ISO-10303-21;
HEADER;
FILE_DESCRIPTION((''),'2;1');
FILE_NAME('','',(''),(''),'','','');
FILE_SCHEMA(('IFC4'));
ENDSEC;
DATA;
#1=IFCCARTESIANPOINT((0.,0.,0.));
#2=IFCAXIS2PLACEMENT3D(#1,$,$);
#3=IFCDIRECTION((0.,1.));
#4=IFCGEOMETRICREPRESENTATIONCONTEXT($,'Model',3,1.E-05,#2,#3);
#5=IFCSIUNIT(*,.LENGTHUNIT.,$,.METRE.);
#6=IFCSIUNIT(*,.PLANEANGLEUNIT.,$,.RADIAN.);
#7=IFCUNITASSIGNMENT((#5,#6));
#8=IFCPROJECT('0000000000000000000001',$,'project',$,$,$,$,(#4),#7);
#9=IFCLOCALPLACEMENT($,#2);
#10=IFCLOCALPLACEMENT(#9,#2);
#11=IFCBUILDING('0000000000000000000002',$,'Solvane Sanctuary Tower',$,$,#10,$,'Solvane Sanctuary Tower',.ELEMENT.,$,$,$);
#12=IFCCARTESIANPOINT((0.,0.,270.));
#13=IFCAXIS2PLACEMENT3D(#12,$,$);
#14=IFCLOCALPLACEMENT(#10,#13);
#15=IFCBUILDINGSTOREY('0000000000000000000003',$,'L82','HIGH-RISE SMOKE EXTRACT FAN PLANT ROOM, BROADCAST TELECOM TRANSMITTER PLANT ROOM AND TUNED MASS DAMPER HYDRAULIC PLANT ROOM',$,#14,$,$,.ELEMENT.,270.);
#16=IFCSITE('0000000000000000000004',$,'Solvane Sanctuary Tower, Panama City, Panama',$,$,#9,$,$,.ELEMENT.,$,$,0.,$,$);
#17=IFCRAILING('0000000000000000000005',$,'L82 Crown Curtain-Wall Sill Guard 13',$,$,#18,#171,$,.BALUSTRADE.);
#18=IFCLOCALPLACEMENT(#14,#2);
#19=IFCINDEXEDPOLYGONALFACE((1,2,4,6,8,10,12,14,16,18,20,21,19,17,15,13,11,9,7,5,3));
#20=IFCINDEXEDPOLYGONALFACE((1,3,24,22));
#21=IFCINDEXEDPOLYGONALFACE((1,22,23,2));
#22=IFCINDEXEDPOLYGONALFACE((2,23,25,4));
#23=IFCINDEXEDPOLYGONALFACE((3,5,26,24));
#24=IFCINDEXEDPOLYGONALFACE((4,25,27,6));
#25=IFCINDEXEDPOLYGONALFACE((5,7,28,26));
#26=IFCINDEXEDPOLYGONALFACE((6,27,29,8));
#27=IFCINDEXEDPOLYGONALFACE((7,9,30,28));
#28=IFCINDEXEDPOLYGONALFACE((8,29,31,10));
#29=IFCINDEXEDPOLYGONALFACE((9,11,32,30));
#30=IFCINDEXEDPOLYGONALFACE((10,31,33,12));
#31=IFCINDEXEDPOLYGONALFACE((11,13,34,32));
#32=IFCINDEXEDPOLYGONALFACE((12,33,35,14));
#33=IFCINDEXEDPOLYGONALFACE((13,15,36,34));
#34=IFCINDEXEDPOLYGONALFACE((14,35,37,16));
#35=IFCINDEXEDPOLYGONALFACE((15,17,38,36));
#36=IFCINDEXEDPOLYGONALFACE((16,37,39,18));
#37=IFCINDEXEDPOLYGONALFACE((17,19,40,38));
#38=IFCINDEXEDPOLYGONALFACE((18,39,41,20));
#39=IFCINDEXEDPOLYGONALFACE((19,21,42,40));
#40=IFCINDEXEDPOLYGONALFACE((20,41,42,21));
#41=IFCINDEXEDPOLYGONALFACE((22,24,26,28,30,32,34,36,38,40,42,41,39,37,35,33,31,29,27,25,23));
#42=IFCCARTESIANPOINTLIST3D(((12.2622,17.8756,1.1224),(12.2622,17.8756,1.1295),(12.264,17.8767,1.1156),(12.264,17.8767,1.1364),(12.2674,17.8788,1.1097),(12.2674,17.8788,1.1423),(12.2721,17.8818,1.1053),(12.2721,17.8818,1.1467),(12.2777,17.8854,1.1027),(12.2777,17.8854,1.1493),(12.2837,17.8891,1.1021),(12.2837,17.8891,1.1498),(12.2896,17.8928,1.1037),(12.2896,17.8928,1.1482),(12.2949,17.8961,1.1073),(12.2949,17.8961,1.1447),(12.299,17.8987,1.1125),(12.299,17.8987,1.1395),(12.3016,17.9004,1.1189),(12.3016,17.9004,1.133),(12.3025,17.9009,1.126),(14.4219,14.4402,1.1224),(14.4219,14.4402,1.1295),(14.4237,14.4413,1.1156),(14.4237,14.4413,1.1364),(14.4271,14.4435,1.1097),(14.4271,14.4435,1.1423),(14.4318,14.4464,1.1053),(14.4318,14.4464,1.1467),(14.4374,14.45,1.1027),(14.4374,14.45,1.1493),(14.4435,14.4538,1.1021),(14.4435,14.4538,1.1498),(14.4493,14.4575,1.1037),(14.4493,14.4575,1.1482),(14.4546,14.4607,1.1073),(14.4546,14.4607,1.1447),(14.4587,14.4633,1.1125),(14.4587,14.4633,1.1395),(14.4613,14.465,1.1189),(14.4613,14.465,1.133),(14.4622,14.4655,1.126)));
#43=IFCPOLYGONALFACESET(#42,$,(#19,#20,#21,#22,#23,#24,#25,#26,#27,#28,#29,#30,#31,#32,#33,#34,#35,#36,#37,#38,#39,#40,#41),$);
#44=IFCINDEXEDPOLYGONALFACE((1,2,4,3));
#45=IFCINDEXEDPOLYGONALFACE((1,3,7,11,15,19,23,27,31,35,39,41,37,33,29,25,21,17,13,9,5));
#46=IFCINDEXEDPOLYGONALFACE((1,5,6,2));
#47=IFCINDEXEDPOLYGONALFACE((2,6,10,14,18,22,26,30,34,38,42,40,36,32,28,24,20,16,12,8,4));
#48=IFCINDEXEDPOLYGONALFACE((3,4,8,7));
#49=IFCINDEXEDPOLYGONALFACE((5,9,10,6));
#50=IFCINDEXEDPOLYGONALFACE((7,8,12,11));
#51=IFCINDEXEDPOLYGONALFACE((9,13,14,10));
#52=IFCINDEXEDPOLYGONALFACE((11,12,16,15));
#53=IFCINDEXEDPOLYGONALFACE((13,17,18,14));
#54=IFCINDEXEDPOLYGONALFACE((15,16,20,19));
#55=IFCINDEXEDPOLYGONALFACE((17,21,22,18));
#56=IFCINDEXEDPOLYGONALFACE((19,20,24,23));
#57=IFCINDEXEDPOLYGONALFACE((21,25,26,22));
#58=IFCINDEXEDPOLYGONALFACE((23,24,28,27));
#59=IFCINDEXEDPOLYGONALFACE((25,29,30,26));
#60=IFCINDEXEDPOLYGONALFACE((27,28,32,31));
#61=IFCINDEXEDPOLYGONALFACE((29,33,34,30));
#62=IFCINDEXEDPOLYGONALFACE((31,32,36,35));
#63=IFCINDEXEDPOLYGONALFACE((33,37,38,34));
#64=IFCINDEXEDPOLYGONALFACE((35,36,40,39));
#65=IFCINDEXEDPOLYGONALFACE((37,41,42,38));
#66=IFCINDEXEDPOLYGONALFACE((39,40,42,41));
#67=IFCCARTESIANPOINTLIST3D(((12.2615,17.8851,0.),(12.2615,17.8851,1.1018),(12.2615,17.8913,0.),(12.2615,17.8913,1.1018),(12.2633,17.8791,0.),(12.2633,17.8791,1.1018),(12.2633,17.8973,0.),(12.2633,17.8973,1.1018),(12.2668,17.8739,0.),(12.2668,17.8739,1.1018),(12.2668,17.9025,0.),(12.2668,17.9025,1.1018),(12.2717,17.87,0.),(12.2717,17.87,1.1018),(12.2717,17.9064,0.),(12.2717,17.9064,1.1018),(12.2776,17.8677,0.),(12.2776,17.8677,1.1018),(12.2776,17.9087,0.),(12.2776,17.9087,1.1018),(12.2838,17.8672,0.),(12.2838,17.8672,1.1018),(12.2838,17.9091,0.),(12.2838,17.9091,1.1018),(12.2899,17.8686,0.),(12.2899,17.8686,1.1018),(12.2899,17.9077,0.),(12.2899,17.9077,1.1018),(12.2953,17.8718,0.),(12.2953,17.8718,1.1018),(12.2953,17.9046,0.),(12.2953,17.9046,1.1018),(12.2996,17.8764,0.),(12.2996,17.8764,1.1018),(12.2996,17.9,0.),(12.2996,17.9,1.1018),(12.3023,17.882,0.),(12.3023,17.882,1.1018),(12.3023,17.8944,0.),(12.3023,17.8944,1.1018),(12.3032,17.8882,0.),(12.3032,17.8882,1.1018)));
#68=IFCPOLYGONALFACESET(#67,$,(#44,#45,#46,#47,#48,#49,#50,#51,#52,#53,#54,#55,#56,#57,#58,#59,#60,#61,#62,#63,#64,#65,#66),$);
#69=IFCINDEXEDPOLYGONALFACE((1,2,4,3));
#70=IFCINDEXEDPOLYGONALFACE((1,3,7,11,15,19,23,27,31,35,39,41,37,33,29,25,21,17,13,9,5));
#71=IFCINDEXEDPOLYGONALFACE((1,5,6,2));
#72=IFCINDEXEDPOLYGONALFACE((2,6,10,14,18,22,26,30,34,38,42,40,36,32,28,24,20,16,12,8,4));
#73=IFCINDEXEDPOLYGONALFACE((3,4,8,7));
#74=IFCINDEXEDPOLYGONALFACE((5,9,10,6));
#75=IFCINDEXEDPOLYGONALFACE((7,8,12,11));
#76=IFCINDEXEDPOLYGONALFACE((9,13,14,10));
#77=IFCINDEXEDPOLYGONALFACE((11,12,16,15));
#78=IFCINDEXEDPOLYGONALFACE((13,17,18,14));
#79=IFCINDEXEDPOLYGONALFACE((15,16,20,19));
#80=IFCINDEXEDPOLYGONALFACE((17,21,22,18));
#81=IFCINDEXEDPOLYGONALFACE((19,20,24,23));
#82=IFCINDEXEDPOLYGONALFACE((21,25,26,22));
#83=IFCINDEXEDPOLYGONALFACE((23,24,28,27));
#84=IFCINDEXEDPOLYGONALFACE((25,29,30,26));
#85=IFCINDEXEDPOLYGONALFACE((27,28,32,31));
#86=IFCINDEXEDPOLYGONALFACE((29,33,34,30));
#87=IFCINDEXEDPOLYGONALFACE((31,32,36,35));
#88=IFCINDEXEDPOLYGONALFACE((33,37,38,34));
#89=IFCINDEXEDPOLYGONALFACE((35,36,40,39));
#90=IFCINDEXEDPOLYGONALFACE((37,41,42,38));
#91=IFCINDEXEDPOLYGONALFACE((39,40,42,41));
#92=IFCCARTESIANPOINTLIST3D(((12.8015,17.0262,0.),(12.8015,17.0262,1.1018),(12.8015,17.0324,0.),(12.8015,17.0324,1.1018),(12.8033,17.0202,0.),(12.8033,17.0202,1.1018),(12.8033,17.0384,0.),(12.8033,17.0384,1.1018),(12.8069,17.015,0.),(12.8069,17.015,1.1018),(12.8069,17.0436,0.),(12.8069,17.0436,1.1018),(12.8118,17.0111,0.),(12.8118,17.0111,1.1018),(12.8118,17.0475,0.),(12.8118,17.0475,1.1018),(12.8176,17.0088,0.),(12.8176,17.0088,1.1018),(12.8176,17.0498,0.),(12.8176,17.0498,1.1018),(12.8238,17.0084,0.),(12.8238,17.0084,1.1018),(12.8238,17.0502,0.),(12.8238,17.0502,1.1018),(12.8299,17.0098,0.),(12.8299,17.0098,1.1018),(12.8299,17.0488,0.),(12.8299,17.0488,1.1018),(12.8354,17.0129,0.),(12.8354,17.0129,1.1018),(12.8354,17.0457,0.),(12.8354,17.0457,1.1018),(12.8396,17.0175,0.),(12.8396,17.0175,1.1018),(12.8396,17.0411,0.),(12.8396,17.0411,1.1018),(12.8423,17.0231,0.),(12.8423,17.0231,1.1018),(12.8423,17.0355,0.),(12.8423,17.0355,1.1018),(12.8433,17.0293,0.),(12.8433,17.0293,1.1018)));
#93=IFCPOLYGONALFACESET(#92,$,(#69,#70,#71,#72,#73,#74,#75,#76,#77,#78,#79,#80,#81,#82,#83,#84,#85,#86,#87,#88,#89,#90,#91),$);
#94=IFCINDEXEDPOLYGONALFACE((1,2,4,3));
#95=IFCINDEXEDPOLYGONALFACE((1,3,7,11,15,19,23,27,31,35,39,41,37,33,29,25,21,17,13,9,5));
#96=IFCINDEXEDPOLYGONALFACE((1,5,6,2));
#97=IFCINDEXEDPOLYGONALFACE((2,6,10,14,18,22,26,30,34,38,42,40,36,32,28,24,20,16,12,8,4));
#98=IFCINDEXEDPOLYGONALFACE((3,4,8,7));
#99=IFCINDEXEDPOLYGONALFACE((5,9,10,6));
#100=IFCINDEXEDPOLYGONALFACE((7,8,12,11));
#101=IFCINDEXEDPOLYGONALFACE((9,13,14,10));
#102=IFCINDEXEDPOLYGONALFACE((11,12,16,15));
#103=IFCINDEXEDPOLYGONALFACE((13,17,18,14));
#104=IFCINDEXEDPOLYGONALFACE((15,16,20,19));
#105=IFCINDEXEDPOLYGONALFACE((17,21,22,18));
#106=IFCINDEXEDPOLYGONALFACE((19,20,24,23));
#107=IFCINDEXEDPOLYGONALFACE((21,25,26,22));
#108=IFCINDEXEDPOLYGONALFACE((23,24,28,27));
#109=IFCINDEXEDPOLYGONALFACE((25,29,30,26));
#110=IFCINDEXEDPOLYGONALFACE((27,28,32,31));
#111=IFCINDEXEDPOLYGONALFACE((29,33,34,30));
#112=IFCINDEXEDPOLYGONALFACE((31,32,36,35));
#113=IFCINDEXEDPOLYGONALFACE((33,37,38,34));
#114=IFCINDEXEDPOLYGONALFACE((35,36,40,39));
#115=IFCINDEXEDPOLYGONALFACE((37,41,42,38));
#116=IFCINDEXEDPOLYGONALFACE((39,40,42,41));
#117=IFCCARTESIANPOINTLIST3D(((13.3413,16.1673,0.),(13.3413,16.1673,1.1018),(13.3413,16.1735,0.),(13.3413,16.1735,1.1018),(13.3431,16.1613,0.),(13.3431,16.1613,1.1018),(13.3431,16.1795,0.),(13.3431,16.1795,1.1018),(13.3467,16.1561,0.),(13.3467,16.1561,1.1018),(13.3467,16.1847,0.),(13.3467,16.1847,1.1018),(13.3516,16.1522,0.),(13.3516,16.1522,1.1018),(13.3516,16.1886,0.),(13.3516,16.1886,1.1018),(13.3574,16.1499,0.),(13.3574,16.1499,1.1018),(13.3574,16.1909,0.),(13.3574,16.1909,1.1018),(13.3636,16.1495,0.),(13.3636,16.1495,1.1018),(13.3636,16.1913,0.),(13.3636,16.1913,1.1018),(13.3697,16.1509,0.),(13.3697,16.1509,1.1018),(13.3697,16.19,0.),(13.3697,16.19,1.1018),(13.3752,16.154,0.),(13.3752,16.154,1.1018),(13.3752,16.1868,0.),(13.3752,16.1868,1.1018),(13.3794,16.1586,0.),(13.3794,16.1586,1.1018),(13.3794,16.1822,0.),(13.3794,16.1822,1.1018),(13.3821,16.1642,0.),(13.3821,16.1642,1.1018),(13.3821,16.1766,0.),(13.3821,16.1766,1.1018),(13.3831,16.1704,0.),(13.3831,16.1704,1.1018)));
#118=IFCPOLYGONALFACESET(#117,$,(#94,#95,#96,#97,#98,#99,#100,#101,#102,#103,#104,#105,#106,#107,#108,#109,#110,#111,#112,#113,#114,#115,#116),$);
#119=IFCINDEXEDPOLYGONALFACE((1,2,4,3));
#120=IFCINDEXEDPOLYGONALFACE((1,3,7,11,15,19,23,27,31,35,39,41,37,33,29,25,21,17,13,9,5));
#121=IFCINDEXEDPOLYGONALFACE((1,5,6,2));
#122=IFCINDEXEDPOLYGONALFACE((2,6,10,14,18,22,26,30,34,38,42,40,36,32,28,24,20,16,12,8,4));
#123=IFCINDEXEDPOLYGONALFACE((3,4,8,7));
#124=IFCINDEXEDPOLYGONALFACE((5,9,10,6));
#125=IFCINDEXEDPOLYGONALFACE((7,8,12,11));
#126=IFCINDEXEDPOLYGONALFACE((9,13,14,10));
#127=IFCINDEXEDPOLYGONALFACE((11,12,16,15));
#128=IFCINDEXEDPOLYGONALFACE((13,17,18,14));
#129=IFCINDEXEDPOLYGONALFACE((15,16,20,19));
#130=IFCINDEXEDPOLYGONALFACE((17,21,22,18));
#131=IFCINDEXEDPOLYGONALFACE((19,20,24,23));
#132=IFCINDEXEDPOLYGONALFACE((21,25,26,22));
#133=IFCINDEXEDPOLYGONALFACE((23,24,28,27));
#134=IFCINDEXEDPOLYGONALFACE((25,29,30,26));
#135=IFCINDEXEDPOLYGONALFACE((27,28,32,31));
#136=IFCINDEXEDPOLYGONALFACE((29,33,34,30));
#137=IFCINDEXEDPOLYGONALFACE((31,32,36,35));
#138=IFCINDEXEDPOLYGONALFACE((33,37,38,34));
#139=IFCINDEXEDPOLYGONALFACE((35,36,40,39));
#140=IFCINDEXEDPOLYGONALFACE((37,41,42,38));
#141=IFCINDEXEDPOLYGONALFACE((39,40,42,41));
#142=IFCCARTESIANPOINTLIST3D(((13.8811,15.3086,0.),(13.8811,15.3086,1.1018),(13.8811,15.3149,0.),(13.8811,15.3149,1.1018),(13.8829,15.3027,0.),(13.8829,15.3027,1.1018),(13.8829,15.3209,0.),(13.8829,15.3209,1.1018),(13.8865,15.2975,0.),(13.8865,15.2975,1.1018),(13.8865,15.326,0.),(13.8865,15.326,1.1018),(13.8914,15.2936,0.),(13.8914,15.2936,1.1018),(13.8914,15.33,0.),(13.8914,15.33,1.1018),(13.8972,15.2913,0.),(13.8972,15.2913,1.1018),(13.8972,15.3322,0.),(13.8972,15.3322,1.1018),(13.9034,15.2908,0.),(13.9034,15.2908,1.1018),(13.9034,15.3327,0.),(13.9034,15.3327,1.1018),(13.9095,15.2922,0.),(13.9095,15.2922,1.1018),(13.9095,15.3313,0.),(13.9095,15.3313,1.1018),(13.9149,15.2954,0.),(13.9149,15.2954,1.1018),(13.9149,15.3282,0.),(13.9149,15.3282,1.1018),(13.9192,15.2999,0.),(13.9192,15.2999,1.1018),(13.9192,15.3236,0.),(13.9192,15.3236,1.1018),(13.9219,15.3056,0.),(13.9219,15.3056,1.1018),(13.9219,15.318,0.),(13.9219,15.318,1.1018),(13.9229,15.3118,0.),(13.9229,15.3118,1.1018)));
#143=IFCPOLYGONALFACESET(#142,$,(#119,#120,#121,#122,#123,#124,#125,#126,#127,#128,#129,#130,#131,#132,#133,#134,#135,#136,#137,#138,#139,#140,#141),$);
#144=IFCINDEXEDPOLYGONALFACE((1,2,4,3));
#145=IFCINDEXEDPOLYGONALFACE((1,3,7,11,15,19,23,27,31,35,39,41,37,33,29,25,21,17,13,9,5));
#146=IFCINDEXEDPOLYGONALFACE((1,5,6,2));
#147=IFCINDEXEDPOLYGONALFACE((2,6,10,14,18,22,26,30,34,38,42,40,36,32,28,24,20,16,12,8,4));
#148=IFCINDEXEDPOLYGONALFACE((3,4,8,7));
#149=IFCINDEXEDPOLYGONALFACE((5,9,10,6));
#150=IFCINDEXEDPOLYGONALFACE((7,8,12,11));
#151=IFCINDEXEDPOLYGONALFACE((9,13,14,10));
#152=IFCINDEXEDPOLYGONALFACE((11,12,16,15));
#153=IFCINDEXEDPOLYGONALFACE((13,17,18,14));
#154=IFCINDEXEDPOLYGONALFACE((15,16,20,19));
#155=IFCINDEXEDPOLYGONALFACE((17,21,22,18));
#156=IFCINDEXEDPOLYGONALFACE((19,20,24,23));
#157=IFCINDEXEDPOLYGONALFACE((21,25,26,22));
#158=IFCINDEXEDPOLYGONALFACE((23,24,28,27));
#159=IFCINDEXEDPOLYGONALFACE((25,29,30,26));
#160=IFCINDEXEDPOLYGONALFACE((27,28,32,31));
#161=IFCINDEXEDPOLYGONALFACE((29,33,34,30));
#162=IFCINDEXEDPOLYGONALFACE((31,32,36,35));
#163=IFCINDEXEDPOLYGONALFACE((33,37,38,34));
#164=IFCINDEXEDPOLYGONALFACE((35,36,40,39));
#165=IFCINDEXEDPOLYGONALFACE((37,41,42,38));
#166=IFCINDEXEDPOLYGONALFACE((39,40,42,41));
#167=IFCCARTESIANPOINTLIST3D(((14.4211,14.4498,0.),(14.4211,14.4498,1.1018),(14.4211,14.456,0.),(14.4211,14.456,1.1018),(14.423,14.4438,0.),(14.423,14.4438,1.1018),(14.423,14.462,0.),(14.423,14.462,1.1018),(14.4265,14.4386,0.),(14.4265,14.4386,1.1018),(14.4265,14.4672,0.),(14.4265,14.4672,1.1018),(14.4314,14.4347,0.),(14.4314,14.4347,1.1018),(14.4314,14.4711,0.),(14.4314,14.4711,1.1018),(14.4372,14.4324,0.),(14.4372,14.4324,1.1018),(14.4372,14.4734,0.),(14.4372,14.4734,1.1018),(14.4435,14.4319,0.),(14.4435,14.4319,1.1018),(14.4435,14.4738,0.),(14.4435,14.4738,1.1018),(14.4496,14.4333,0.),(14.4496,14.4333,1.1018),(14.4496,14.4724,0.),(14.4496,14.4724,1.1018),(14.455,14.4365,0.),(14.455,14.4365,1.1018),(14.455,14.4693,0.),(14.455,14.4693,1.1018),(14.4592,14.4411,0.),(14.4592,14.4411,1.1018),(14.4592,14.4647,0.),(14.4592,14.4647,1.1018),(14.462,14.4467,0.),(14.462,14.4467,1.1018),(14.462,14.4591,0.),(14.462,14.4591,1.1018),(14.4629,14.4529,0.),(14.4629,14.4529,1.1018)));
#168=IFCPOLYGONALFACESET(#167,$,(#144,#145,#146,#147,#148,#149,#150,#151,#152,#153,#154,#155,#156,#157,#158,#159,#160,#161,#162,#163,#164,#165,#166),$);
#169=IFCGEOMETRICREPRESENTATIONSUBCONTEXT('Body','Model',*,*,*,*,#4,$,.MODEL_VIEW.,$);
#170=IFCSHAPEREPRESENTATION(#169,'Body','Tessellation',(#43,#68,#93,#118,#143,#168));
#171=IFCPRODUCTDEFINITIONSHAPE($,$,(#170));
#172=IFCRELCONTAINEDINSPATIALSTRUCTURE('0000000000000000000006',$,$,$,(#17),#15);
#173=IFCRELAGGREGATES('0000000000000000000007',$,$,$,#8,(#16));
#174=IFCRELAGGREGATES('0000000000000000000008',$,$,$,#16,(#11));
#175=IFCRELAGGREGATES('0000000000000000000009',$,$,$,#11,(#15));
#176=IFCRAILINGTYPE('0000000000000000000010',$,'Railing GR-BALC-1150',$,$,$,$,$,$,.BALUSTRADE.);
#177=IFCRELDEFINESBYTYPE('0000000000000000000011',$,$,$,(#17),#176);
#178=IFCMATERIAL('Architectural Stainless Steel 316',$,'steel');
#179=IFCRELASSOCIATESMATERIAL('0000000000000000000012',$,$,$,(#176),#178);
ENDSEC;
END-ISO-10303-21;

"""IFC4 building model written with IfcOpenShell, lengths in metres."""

from ifc_helpers import new_model, si_unit, direction, frame, origin, origin_2d, place, context, subcontext, project, spatial, circle, extrude, material, type_object, element, save


model = new_model("IFC4")

# Units and contexts
model_context = context("Model", 3, precision=1e-05, world=origin(), true_north=direction((0.0, 1.0)))
body_context = subcontext(model_context, "Body", "Model", "MODEL_VIEW")
ifc_project = project(units=[si_unit("LENGTHUNIT", "METRE"), si_unit("PLANEANGLEUNIT", "RADIAN")], contexts=[model_context])

# Site, building, storey
site_placement = place(None, origin())
site = spatial("IfcSite", under=ifc_project, at=site_placement, Name="Solvane Sanctuary Tower, Panama City, Panama", CompositionType="ELEMENT", RefElevation=0.0)
building_placement = place(site_placement, origin())
building = spatial("IfcBuilding", under=site, at=building_placement, Name="Solvane Sanctuary Tower", LongName="Solvane Sanctuary Tower", CompositionType="ELEMENT")
storey_placement = place(building_placement, frame((0.0, 0.0, 270.0)))
storey = spatial("IfcBuildingStorey", under=building, at=storey_placement, Name="L82", Description="HIGH-RISE SMOKE EXTRACT FAN PLANT ROOM, BROADCAST TELECOM TRANSMITTER PLANT ROOM AND TUNED MASS DAMPER HYDRAULIC PLANT ROOM", CompositionType="ELEMENT", Elevation=270.0)

# Shared definitions
ifc_material_1 = material(Name="Architectural Stainless Steel 316", Category="steel")

# Railing
railing_type_1 = type_object("IfcRailingType", Name="Railing GR-BALC-1150", PredefinedType="BALUSTRADE", material=ifc_material_1)
railing_1_placement = place(storey_placement, frame((12.2822, 17.8882, 0.0)))
element("IfcRailing", 1, at=railing_1_placement, inside=storey, type_object=railing_type_1, Name="L82 Crown Curtain-Wall Sill Guard 13", PredefinedType="BALUSTRADE", context=body_context, shape_type="SweptSolid", body=[
    extrude(circle(Radius=0.0239, at=origin_2d()), frame((0.0, 0.0, 1.126), z_axis=(0.532231, -0.846599, 0.0), x_axis=(0.846599, 0.532231, 0.0)), (0.0, 0.0, 1.0), 4.0579),
    extrude(circle(Radius=0.021, at=origin_2d()), origin(), (0.0, 0.0, 1.0), 1.1018),
    extrude(circle(Radius=0.021, at=origin_2d()), frame((0.54, -0.8589, 0.0)), (0.0, 0.0, 1.0), 1.1018),
    extrude(circle(Radius=0.021, at=origin_2d()), frame((1.0798, -1.7178, 0.0)), (0.0, 0.0, 1.0), 1.1018),
    extrude(circle(Radius=0.021, at=origin_2d()), frame((1.6196, -2.5764, 0.0)), (0.0, 0.0, 1.0), 1.1018),
    extrude(circle(Radius=0.021, at=origin_2d()), frame((2.1597, -3.4353, 0.0)), (0.0, 0.0, 1.0), 1.1018),
])

save(model, "model.ifc")
